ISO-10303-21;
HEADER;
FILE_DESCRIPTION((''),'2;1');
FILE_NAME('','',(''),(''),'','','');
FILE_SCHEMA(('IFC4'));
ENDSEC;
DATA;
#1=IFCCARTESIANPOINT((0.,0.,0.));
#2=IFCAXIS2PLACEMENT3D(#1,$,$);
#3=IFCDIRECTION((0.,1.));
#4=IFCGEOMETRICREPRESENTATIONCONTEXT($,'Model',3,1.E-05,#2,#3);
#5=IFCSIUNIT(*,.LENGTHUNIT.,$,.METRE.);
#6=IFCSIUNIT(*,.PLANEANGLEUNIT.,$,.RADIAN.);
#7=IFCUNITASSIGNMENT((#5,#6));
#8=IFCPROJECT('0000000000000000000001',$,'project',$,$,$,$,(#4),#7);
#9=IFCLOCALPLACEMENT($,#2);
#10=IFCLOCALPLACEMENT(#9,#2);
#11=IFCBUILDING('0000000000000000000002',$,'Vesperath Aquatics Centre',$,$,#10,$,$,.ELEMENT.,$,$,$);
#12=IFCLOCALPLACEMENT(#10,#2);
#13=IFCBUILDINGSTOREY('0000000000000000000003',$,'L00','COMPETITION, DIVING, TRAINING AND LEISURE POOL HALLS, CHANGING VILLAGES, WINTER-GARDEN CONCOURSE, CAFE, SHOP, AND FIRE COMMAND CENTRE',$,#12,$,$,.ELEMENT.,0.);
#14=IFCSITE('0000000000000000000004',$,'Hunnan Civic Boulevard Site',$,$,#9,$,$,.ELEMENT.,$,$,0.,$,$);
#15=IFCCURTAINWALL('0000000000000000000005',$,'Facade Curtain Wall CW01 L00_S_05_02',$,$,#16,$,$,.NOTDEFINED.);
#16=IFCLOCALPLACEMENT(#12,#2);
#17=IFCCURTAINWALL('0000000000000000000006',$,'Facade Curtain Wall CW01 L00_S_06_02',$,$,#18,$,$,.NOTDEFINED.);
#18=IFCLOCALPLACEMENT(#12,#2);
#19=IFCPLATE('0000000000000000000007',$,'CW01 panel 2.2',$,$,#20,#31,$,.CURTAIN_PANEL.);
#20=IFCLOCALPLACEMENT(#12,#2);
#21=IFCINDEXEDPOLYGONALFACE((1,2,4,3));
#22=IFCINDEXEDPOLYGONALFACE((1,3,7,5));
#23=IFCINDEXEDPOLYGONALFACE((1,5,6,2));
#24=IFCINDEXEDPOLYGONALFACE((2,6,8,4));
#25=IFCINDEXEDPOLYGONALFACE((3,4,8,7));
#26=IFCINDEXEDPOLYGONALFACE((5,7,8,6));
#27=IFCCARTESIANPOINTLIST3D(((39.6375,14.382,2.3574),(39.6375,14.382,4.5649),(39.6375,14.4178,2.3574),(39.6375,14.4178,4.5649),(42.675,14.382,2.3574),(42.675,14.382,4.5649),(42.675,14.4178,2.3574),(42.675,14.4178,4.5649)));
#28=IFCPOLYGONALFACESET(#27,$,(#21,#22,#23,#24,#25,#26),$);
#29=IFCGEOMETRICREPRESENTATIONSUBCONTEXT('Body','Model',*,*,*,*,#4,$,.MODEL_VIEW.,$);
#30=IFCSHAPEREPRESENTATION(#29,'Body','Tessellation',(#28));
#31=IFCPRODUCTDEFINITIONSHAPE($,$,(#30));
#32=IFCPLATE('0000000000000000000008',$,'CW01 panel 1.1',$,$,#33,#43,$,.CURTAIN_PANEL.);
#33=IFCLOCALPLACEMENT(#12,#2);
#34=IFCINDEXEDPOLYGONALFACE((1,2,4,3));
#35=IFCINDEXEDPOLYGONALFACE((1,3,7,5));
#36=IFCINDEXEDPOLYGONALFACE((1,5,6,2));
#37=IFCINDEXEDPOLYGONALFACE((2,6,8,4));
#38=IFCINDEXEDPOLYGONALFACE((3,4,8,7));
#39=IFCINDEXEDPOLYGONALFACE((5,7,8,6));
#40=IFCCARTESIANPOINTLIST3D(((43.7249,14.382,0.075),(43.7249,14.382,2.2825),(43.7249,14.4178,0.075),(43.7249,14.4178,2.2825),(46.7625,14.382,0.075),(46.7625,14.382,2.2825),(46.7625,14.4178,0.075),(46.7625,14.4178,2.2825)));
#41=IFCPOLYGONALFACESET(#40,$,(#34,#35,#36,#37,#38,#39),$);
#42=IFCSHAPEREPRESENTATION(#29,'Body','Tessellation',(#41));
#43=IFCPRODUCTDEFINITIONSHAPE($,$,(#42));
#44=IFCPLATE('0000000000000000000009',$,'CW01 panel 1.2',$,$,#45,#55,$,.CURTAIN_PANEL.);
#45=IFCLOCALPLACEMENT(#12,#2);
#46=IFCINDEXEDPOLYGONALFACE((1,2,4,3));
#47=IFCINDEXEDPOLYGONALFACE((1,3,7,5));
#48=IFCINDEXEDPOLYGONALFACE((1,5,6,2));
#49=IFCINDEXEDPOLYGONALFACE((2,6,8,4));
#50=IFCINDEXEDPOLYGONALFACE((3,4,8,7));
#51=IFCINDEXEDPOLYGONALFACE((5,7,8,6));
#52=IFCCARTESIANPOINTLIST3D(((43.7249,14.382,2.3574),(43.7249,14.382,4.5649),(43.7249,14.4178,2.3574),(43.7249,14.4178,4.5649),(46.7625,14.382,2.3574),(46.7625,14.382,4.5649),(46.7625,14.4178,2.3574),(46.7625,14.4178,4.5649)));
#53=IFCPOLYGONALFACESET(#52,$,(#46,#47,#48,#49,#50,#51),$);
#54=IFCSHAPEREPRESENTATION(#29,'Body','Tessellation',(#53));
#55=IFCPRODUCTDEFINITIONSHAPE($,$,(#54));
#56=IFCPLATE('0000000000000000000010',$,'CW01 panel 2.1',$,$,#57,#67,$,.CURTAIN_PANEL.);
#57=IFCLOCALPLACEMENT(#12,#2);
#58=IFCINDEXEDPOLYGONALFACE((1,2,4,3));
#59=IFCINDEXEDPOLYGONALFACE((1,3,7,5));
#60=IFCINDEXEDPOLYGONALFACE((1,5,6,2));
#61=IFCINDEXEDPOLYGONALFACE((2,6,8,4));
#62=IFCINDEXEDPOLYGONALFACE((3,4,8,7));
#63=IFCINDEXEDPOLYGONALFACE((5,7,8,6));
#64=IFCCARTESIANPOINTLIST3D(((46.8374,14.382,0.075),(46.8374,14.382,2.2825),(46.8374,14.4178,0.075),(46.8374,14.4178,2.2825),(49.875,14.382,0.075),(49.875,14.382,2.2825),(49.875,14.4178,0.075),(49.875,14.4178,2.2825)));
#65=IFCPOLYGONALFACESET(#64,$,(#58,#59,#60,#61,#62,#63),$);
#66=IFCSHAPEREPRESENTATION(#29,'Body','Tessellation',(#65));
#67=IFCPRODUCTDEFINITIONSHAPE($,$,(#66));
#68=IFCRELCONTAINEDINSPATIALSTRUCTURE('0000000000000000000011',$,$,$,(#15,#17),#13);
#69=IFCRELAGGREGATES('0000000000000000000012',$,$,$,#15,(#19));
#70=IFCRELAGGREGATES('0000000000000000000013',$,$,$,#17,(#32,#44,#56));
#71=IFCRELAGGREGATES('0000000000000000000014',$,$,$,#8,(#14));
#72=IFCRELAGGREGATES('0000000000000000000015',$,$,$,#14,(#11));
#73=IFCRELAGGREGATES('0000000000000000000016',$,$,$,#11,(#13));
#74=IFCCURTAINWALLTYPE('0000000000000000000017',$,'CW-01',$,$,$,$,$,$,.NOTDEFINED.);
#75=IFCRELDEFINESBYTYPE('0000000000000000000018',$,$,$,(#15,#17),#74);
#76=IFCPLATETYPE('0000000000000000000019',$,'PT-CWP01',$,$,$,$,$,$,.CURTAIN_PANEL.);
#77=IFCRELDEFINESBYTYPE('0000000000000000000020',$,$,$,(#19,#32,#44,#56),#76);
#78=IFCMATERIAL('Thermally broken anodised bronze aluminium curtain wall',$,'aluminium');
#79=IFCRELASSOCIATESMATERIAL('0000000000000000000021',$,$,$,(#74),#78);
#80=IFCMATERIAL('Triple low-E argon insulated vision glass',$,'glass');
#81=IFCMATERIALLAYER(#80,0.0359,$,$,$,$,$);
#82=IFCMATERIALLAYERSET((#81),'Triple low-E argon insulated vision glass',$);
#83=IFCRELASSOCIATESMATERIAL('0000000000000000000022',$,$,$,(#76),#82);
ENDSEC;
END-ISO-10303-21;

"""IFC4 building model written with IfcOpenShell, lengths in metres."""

from ifc_helpers import new_model, si_unit, direction, frame, origin, origin_2d, place, context, subcontext, project, spatial, rectangle, extrude, material, layer, layer_set, type_object, element, aggregate, save


model = new_model("IFC4")

# Units and contexts
model_context = context("Model", 3, precision=1e-05, world=origin(), true_north=direction((0.0, 1.0)))
body_context = subcontext(model_context, "Body", "Model", "MODEL_VIEW")
ifc_project = project(units=[si_unit("LENGTHUNIT", "METRE"), si_unit("PLANEANGLEUNIT", "RADIAN")], contexts=[model_context])

# Site, building, storey
site_placement = place(None, origin())
site = spatial("IfcSite", under=ifc_project, at=site_placement, Name="Hunnan Civic Boulevard Site", CompositionType="ELEMENT", RefElevation=0.0)
building_placement = place(site_placement, origin())
building = spatial("IfcBuilding", under=site, at=building_placement, Name="Vesperath Aquatics Centre", CompositionType="ELEMENT")
storey_placement = place(building_placement, origin())
storey = spatial("IfcBuildingStorey", under=building, at=storey_placement, Name="L00", Description="COMPETITION, DIVING, TRAINING AND LEISURE POOL HALLS, CHANGING VILLAGES, WINTER-GARDEN CONCOURSE, CAFE, SHOP, AND FIRE COMMAND CENTRE", CompositionType="ELEMENT", Elevation=0.0)

# Curtain walls
ifc_material_1 = material(Name="Thermally broken anodised bronze aluminium curtain wall", Category="aluminium")
curtain_wall_type = type_object("IfcCurtainWallType", Name="CW-01", PredefinedType="NOTDEFINED", material=ifc_material_1)
curtain_wall_1_placement = place(storey_placement, origin())
curtain_wall_1 = element("IfcCurtainWall", 1, at=curtain_wall_1_placement, inside=storey, type_object=curtain_wall_type, Name="Facade Curtain Wall CW01 L00_S_05_02", PredefinedType="NOTDEFINED")
curtain_wall_2_placement = place(storey_placement, origin())
curtain_wall_2 = element("IfcCurtainWall", 2, at=curtain_wall_2_placement, inside=storey, type_object=curtain_wall_type, Name="Facade Curtain Wall CW01 L00_S_06_02", PredefinedType="NOTDEFINED")

# Plates
ifc_material_2 = material(Name="Triple low-E argon insulated vision glass", Category="glass")
ifc_layer = layer(ifc_material_2, 0.0359)
ifc_layer_set = layer_set([ifc_layer], Name="Triple low-E argon insulated vision glass")
plate_type = type_object("IfcPlateType", Name="PT-CWP01", PredefinedType="CURTAIN_PANEL", material=ifc_layer_set)
plate_1_placement = place(storey_placement, frame((41.1562, 14.3999, 2.3574), z_axis=(0.0, 0.0, 1.0), x_axis=(1.0, 0.0, 0.0)))
plate_1 = element("IfcPlate", 3, at=plate_1_placement, type_object=plate_type, Name="CW01 panel 2.2", PredefinedType="CURTAIN_PANEL", context=body_context, shape_type="SweptSolid", body=[
    extrude(rectangle(XDim=3.0376, YDim=0.0359, at=origin_2d()), origin(), (0.0, 0.0, 1.0), 2.2075),
])
aggregate(curtain_wall_1, [plate_1])
plate_2_placement = place(storey_placement, frame((45.2437, 14.3999, 0.075), z_axis=(0.0, 0.0, 1.0), x_axis=(1.0, 0.0, 0.0)))
plate_2 = element("IfcPlate", 4, at=plate_2_placement, type_object=plate_type, Name="CW01 panel 1.1", PredefinedType="CURTAIN_PANEL", context=body_context, shape_type="SweptSolid", body=[
    extrude(rectangle(XDim=3.0376, YDim=0.0359, at=origin_2d()), origin(), (0.0, 0.0, 1.0), 2.2075),
])
plate_3_placement = place(storey_placement, frame((45.2437, 14.3999, 2.3574), z_axis=(0.0, 0.0, 1.0), x_axis=(1.0, 0.0, 0.0)))
plate_3 = element("IfcPlate", 5, at=plate_3_placement, type_object=plate_type, Name="CW01 panel 1.2", PredefinedType="CURTAIN_PANEL", context=body_context, shape_type="SweptSolid", body=[
    extrude(rectangle(XDim=3.0376, YDim=0.0359, at=origin_2d()), origin(), (0.0, 0.0, 1.0), 2.2075),
])
plate_4_placement = place(storey_placement, frame((48.3562, 14.3999, 0.075), z_axis=(0.0, 0.0, 1.0), x_axis=(1.0, 0.0, 0.0)))
plate_4 = element("IfcPlate", 6, at=plate_4_placement, type_object=plate_type, Name="CW01 panel 2.1", PredefinedType="CURTAIN_PANEL", context=body_context, shape_type="SweptSolid", body=[
    extrude(rectangle(XDim=3.0376, YDim=0.0359, at=origin_2d()), origin(), (0.0, 0.0, 1.0), 2.2075),
])
aggregate(curtain_wall_2, [plate_2, plate_3, plate_4])

save(model, "model.ifc")
